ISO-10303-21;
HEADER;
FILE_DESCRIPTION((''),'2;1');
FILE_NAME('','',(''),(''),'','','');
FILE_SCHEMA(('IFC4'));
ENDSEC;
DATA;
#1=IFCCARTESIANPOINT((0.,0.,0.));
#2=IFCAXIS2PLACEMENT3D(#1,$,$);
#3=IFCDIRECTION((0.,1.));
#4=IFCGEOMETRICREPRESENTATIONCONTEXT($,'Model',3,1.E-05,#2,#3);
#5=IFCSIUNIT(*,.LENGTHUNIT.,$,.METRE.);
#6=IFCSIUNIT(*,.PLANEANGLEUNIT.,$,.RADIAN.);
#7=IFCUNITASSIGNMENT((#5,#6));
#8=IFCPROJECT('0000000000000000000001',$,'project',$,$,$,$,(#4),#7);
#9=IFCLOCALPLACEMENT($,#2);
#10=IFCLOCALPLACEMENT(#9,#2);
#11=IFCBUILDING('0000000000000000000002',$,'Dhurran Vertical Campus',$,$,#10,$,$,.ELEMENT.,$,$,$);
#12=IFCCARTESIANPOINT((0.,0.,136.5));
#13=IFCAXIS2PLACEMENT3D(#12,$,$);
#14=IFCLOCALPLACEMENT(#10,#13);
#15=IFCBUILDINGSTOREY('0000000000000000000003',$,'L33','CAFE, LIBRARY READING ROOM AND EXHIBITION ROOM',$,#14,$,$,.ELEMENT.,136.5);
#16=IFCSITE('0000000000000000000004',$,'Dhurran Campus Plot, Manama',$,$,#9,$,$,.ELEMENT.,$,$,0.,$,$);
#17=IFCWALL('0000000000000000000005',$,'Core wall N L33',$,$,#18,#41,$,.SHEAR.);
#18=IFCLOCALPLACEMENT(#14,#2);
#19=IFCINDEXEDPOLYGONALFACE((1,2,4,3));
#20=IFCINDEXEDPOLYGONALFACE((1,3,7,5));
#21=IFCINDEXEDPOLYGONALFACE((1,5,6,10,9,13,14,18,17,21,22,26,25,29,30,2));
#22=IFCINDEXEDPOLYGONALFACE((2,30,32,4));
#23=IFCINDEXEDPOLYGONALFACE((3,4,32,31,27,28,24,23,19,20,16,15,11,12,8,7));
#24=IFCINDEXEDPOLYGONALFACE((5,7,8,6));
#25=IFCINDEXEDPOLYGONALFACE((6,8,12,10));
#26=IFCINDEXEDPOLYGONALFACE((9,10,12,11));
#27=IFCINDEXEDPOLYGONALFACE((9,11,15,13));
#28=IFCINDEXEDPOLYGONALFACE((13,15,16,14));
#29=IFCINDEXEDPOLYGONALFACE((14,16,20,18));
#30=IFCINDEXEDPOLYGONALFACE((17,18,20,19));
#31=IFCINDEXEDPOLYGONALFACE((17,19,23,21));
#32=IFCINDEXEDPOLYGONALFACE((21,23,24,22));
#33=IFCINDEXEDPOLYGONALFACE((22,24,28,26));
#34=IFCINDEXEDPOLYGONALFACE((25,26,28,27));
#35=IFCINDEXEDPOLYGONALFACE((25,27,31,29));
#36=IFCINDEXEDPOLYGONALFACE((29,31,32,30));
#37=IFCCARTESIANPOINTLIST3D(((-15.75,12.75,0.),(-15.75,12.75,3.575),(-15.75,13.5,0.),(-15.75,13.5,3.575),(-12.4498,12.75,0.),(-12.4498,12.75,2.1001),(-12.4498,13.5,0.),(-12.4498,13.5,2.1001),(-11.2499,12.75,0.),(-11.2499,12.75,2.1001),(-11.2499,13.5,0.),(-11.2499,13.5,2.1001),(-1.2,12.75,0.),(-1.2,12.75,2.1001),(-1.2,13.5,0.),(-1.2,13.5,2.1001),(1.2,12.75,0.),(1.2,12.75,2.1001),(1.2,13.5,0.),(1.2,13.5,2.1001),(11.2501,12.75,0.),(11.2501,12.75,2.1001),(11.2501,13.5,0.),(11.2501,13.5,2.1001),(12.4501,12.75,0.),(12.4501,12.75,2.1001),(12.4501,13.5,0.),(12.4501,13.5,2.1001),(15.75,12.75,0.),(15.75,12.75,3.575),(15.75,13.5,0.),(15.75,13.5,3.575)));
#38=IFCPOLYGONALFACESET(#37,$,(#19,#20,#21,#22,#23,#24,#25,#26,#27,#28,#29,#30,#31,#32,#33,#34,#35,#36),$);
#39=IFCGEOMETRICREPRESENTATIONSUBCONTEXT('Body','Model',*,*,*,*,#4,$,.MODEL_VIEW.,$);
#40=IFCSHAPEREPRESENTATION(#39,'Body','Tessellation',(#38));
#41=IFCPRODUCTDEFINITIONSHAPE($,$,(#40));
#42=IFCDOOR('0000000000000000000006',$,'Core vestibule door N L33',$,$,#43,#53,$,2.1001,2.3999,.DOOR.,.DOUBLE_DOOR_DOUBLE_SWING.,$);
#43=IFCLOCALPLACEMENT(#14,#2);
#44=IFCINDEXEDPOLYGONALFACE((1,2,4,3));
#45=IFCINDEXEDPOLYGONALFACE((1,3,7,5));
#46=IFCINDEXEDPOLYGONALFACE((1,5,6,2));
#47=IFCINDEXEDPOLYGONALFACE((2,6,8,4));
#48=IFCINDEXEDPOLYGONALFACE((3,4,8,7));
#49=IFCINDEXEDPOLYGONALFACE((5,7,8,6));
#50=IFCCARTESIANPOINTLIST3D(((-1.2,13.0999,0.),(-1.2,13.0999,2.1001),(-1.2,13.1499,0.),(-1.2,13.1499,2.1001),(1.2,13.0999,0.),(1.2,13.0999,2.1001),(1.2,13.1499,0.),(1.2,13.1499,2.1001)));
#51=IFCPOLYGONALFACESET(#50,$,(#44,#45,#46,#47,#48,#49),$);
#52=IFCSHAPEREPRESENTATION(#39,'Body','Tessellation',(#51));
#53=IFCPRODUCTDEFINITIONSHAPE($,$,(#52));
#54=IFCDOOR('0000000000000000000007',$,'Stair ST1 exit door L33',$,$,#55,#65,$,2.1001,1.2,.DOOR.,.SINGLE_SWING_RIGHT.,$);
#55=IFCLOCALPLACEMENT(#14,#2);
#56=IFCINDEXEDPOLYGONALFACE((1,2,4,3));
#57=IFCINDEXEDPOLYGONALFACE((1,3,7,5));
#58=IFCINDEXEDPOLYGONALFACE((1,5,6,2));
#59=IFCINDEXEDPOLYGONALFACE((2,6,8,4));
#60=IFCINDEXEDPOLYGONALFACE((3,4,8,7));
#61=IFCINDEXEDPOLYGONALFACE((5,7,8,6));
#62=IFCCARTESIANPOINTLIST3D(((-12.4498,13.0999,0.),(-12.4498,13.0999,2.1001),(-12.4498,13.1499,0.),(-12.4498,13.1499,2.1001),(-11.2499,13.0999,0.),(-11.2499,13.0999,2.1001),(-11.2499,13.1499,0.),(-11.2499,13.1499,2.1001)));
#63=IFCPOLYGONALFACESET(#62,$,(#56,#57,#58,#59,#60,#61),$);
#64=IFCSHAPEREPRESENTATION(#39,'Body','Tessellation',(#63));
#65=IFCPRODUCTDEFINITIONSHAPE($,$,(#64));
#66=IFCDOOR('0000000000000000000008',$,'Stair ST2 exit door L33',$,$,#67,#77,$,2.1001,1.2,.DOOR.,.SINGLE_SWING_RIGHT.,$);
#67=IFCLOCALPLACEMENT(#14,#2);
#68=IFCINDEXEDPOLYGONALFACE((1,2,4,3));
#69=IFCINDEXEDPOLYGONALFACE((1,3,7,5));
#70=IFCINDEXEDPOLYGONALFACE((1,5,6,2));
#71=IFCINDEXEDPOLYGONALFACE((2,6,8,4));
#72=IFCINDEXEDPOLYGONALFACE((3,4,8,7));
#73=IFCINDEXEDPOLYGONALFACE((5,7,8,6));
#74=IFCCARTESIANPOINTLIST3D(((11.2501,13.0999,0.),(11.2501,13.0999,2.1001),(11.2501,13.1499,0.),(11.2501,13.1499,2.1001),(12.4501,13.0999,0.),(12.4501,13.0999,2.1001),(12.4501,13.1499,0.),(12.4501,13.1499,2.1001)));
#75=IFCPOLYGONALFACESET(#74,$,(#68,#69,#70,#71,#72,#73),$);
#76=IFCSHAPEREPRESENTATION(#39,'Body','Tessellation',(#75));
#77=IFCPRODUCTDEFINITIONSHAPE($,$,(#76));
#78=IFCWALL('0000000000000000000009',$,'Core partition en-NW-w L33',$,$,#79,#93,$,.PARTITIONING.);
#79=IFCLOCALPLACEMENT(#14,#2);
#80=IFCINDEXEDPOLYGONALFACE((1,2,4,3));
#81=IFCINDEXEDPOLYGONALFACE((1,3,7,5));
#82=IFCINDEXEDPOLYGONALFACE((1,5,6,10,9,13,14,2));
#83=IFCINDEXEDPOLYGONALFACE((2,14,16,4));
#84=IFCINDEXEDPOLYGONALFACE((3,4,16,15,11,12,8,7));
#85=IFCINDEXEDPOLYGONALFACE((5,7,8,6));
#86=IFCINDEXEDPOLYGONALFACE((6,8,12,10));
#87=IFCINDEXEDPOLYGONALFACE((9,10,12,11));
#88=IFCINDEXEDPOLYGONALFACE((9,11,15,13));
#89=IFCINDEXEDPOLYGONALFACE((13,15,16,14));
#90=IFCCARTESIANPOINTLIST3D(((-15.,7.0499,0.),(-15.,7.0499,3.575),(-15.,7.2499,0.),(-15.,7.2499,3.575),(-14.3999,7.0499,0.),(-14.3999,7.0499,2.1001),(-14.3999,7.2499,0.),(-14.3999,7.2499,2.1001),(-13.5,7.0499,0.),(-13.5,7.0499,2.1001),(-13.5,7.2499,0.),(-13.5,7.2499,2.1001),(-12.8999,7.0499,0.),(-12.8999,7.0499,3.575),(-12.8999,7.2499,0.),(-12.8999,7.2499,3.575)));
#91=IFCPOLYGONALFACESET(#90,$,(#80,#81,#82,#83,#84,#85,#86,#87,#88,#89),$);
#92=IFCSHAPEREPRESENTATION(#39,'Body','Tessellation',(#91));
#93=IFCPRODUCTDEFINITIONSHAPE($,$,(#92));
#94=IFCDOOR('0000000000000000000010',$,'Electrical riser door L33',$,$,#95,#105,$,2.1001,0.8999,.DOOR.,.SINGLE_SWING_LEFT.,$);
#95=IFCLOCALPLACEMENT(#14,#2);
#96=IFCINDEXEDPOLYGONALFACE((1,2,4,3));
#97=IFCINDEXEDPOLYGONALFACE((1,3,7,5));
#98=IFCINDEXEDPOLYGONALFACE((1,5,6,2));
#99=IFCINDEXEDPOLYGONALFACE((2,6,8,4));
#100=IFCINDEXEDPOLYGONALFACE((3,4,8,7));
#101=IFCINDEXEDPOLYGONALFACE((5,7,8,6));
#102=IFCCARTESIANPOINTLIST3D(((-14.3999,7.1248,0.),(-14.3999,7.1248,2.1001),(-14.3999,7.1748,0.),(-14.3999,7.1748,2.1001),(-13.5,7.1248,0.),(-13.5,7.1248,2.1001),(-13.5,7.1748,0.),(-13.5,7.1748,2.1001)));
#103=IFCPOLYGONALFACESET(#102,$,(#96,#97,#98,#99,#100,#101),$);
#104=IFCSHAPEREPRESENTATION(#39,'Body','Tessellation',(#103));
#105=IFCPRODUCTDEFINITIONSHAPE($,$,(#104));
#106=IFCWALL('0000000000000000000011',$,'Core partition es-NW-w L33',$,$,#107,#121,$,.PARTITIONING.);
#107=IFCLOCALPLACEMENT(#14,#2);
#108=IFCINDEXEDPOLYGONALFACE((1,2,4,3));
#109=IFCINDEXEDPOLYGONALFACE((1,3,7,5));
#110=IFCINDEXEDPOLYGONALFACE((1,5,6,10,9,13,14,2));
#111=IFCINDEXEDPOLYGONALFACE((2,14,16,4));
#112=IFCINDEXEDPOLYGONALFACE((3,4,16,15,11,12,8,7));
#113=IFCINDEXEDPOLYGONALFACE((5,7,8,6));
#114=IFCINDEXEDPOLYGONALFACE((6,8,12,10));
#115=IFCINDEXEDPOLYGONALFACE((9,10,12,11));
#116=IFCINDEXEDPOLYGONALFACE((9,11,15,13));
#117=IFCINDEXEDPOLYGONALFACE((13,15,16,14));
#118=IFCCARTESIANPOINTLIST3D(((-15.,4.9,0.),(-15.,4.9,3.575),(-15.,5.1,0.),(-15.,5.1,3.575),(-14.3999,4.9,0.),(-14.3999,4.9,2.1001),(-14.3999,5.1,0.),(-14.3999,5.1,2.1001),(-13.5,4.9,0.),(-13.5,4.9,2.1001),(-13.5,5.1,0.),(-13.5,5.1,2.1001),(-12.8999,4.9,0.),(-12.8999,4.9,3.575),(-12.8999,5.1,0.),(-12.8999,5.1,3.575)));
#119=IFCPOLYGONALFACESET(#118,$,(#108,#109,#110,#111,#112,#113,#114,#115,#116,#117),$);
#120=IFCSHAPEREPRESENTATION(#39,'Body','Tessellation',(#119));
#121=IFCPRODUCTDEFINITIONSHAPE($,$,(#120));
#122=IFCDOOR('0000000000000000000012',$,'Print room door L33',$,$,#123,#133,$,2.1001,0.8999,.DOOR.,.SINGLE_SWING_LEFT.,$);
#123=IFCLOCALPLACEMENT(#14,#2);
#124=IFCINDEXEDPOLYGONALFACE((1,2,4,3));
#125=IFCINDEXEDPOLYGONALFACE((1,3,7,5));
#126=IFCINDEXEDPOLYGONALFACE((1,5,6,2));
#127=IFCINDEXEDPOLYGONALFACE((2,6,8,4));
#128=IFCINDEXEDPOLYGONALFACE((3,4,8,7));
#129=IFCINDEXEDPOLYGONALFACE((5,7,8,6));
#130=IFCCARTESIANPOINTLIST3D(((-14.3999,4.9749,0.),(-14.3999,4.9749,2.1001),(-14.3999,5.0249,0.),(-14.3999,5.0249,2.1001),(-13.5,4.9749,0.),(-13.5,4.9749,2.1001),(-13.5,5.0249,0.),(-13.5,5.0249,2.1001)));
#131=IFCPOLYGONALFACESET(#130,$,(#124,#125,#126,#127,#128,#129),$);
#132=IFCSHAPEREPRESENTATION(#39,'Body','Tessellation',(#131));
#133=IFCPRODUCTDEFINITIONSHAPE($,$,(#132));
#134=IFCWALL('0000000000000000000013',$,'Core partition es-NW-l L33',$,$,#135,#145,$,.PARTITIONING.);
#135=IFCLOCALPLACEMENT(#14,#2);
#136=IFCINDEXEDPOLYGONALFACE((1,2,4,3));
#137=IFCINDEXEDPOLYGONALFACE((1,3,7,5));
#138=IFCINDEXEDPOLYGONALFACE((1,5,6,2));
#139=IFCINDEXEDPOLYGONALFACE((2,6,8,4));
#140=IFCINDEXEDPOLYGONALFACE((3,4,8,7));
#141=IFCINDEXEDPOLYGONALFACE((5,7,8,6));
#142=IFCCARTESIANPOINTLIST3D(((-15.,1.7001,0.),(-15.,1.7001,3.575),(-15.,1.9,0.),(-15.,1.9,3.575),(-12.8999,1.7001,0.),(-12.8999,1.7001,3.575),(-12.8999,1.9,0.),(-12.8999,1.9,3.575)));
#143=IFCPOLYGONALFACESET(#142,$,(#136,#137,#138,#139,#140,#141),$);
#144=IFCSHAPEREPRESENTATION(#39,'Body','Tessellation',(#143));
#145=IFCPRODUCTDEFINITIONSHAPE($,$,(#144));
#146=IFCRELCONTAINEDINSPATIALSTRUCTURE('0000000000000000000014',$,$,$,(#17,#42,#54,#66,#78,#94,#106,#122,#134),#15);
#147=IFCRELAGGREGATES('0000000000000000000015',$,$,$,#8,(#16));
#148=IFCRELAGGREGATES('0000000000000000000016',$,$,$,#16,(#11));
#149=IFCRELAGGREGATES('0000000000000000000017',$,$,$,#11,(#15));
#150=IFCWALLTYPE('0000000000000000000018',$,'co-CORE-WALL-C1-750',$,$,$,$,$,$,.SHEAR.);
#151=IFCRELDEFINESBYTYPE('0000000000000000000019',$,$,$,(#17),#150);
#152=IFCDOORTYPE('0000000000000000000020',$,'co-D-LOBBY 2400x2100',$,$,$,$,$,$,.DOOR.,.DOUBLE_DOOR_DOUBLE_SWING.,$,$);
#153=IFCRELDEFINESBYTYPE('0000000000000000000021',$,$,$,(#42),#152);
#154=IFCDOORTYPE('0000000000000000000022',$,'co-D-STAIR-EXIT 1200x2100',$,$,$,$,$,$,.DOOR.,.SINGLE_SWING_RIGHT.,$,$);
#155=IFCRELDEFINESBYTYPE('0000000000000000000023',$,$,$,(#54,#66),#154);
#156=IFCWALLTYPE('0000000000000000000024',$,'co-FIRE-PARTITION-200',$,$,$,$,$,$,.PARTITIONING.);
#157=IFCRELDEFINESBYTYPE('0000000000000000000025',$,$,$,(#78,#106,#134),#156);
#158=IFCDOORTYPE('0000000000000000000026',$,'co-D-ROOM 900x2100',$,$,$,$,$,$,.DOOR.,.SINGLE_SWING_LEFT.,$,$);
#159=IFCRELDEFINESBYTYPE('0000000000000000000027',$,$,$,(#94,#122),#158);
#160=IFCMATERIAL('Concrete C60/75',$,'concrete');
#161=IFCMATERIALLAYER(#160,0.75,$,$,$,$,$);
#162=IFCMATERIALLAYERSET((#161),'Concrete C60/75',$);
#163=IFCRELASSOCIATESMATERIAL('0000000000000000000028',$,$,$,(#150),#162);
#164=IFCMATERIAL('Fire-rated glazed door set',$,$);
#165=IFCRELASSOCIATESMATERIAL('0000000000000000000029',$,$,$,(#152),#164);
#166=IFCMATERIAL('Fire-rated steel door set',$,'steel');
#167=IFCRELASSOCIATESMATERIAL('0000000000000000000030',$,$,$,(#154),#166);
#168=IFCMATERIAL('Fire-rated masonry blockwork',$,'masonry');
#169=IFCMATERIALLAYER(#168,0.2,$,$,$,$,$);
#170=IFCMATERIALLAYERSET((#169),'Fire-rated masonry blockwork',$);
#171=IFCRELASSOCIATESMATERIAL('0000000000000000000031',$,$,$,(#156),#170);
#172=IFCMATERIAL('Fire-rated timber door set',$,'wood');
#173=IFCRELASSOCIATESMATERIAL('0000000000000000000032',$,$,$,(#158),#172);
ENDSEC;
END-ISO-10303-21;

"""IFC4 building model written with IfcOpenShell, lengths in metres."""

from ifc_helpers import new_model, si_unit, direction, frame, frame_2d, origin, place, context, subcontext, project, spatial, rectangle, extrude, material, layer, layer_set, type_object, element, fill, save


model = new_model("IFC4")

# Units and contexts
model_context = context("Model", 3, precision=1e-05, world=origin(), true_north=direction((0.0, 1.0)))
body_context = subcontext(model_context, "Body", "Model", "MODEL_VIEW")
ifc_project = project(units=[si_unit("LENGTHUNIT", "METRE"), si_unit("PLANEANGLEUNIT", "RADIAN")], contexts=[model_context])

# Site, building, storey
site_placement = place(None, origin())
site = spatial("IfcSite", under=ifc_project, at=site_placement, Name="Dhurran Campus Plot, Manama", CompositionType="ELEMENT", RefElevation=0.0)
building_placement = place(site_placement, origin())
building = spatial("IfcBuilding", under=site, at=building_placement, Name="Dhurran Vertical Campus", CompositionType="ELEMENT")
storey_placement = place(building_placement, frame((0.0, 0.0, 136.5)))
storey = spatial("IfcBuildingStorey", under=building, at=storey_placement, Name="L33", Description="CAFE, LIBRARY READING ROOM AND EXHIBITION ROOM", CompositionType="ELEMENT", Elevation=136.5)

# Wall, openings, doors
ifc_material_1 = material(Name="Concrete C60/75", Category="concrete")
ifc_layer_1 = layer(ifc_material_1, 0.75)
ifc_layer_set_1 = layer_set([ifc_layer_1], Name="Concrete C60/75")
wall_type_1 = type_object("IfcWallType", Name="co-CORE-WALL-C1-750", PredefinedType="SHEAR", material=ifc_layer_set_1)
wall_1_placement = place(storey_placement, frame((-15.75, 13.125, 0.0), z_axis=(0.0, 0.0, 1.0), x_axis=(1.0, 0.0, 0.0)))
wall_1 = element("IfcWall", 1, at=wall_1_placement, inside=storey, type_object=wall_type_1, Name="Core wall N L33", PredefinedType="SHEAR", context=body_context, shape_type="SweptSolid", body=[
    extrude(rectangle(XDim=31.5, YDim=0.75, at=frame_2d((15.75, 0.0))), origin(), (0.0, 0.0, 1.0), 3.575),
])
opening_1_placement = place(wall_1_placement, frame((14.55, 0.0, 0.0)))
opening_1 = element("IfcOpeningElement", 2, at=opening_1_placement, cuts=wall_1, PredefinedType="OPENING", context=body_context, shape_type="SweptSolid", body=[
    extrude(rectangle(XDim=2.3999, YDim=2.1001, at=frame_2d((1.2, 1.05))), frame((0.0, 0.385, 0.0), z_axis=(0.0, -1.0, 0.0), x_axis=(1.0, 0.0, 0.0)), (0.0, 0.0, 1.0), 0.77),
])
opening_2_placement = place(wall_1_placement, frame((3.3, 0.0, 0.0)))
opening_2 = element("IfcOpeningElement", 3, at=opening_2_placement, cuts=wall_1, PredefinedType="OPENING", context=body_context, shape_type="SweptSolid", body=[
    extrude(rectangle(XDim=1.2, YDim=2.1001, at=frame_2d((0.6001, 1.05))), frame((0.0, 0.385, 0.0), z_axis=(0.0, -1.0, 0.0), x_axis=(1.0, 0.0, 0.0)), (0.0, 0.0, 1.0), 0.77),
])
opening_3_placement = place(wall_1_placement, frame((27.0, 0.0, 0.0)))
opening_3 = element("IfcOpeningElement", 4, at=opening_3_placement, cuts=wall_1, PredefinedType="OPENING", context=body_context, shape_type="SweptSolid", body=[
    extrude(rectangle(XDim=1.2, YDim=2.1001, at=frame_2d((0.6001, 1.05))), frame((0.0, 0.385, 0.0), z_axis=(0.0, -1.0, 0.0), x_axis=(1.0, 0.0, 0.0)), (0.0, 0.0, 1.0), 0.77),
])
ifc_material_2 = material(Name="Fire-rated glazed door set")
door_type_1 = type_object("IfcDoorType", Name="co-D-LOBBY 2400x2100", OperationType="DOUBLE_DOOR_DOUBLE_SWING", PredefinedType="DOOR", material=ifc_material_2)
door_1_placement = place(opening_1_placement, origin())
door_1 = element("IfcDoor", 5, at=door_1_placement, inside=storey, type_object=door_type_1, Name="Core vestibule door N L33", OperationType="DOUBLE_DOOR_DOUBLE_SWING", OverallHeight=2.1001, OverallWidth=2.3999, PredefinedType="DOOR", context=body_context, shape_type="SweptSolid", body=[
    extrude(rectangle(XDim=2.3999, YDim=2.1001, at=frame_2d((1.2, 1.05))), frame((0.0, 0.0249, 0.0), z_axis=(0.0, -1.0, 0.0), x_axis=(1.0, 0.0, 0.0)), (0.0, 0.0, 1.0), 0.05),
])
fill(opening_1, door_1)
ifc_material_3 = material(Name="Fire-rated steel door set", Category="steel")
door_type_2 = type_object("IfcDoorType", Name="co-D-STAIR-EXIT 1200x2100", OperationType="SINGLE_SWING_RIGHT", PredefinedType="DOOR", material=ifc_material_3)
door_2_placement = place(opening_2_placement, origin())
door_2 = element("IfcDoor", 6, at=door_2_placement, inside=storey, type_object=door_type_2, Name="Stair ST1 exit door L33", OperationType="SINGLE_SWING_RIGHT", OverallHeight=2.1001, OverallWidth=1.2, PredefinedType="DOOR", context=body_context, shape_type="SweptSolid", body=[
    extrude(rectangle(XDim=1.2, YDim=2.1001, at=frame_2d((0.6001, 1.05))), frame((0.0, 0.0249, 0.0), z_axis=(0.0, -1.0, 0.0), x_axis=(1.0, 0.0, 0.0)), (0.0, 0.0, 1.0), 0.05),
])
fill(opening_2, door_2)
door_3_placement = place(opening_3_placement, origin())
door_3 = element("IfcDoor", 7, at=door_3_placement, inside=storey, type_object=door_type_2, Name="Stair ST2 exit door L33", OperationType="SINGLE_SWING_RIGHT", OverallHeight=2.1001, OverallWidth=1.2, PredefinedType="DOOR", context=body_context, shape_type="SweptSolid", body=[
    extrude(rectangle(XDim=1.2, YDim=2.1001, at=frame_2d((0.6001, 1.05))), frame((0.0, 0.0249, 0.0), z_axis=(0.0, -1.0, 0.0), x_axis=(1.0, 0.0, 0.0)), (0.0, 0.0, 1.0), 0.05),
])
fill(opening_3, door_3)

# Walls, openings, doors
ifc_material_4 = material(Name="Fire-rated masonry blockwork", Category="masonry")
ifc_layer_2 = layer(ifc_material_4, 0.2)
ifc_layer_set_2 = layer_set([ifc_layer_2], Name="Fire-rated masonry blockwork")
wall_type_2 = type_object("IfcWallType", Name="co-FIRE-PARTITION-200", PredefinedType="PARTITIONING", material=ifc_layer_set_2)
wall_2_placement = place(storey_placement, frame((-15.0, 7.1499, 0.0), z_axis=(0.0, 0.0, 1.0), x_axis=(1.0, 0.0, 0.0)))
wall_2 = element("IfcWall", 8, at=wall_2_placement, inside=storey, type_object=wall_type_2, Name="Core partition en-NW-w L33", PredefinedType="PARTITIONING", context=body_context, shape_type="SweptSolid", body=[
    extrude(rectangle(XDim=2.1001, YDim=0.2, at=frame_2d((1.05, 0.0))), origin(), (0.0, 0.0, 1.0), 3.575),
])
opening_4_placement = place(wall_2_placement, frame((0.6001, 0.0, 0.0)))
opening_4 = element("IfcOpeningElement", 9, at=opening_4_placement, cuts=wall_2, PredefinedType="OPENING", context=body_context, shape_type="SweptSolid", body=[
    extrude(rectangle(XDim=0.8999, YDim=2.1001, at=frame_2d((0.45, 1.05))), frame((0.0, 0.1099, 0.0), z_axis=(0.0, -1.0, 0.0), x_axis=(1.0, 0.0, 0.0)), (0.0, 0.0, 1.0), 0.22),
])
ifc_material_5 = material(Name="Fire-rated timber door set", Category="wood")
door_type_3 = type_object("IfcDoorType", Name="co-D-ROOM 900x2100", OperationType="SINGLE_SWING_LEFT", PredefinedType="DOOR", material=ifc_material_5)
door_4_placement = place(opening_4_placement, origin())
door_4 = element("IfcDoor", 10, at=door_4_placement, inside=storey, type_object=door_type_3, Name="Electrical riser door L33", OperationType="SINGLE_SWING_LEFT", OverallHeight=2.1001, OverallWidth=0.8999, PredefinedType="DOOR", context=body_context, shape_type="SweptSolid", body=[
    extrude(rectangle(XDim=0.8999, YDim=2.1001, at=frame_2d((0.45, 1.05))), frame((0.0, 0.0249, 0.0), z_axis=(0.0, -1.0, 0.0), x_axis=(1.0, 0.0, 0.0)), (0.0, 0.0, 1.0), 0.05),
])
fill(opening_4, door_4)
wall_3_placement = place(storey_placement, frame((-15.0, 5.0, 0.0), z_axis=(0.0, 0.0, 1.0), x_axis=(1.0, 0.0, 0.0)))
wall_3 = element("IfcWall", 11, at=wall_3_placement, inside=storey, type_object=wall_type_2, Name="Core partition es-NW-w L33", PredefinedType="PARTITIONING", context=body_context, shape_type="SweptSolid", body=[
    extrude(rectangle(XDim=2.1001, YDim=0.2, at=frame_2d((1.05, 0.0))), origin(), (0.0, 0.0, 1.0), 3.575),
])
opening_5_placement = place(wall_3_placement, frame((0.6001, 0.0, 0.0)))
opening_5 = element("IfcOpeningElement", 12, at=opening_5_placement, cuts=wall_3, PredefinedType="OPENING", context=body_context, shape_type="SweptSolid", body=[
    extrude(rectangle(XDim=0.8999, YDim=2.1001, at=frame_2d((0.45, 1.05))), frame((0.0, 0.1099, 0.0), z_axis=(0.0, -1.0, 0.0), x_axis=(1.0, 0.0, 0.0)), (0.0, 0.0, 1.0), 0.22),
])
door_5_placement = place(opening_5_placement, origin())
door_5 = element("IfcDoor", 13, at=door_5_placement, inside=storey, type_object=door_type_3, Name="Print room door L33", OperationType="SINGLE_SWING_LEFT", OverallHeight=2.1001, OverallWidth=0.8999, PredefinedType="DOOR", context=body_context, shape_type="SweptSolid", body=[
    extrude(rectangle(XDim=0.8999, YDim=2.1001, at=frame_2d((0.45, 1.05))), frame((0.0, 0.0249, 0.0), z_axis=(0.0, -1.0, 0.0), x_axis=(1.0, 0.0, 0.0)), (0.0, 0.0, 1.0), 0.05),
])
fill(opening_5, door_5)

# Wall
wall_4_placement = place(storey_placement, frame((-15.0, 1.8, 0.0), z_axis=(0.0, 0.0, 1.0), x_axis=(1.0, 0.0, 0.0)))
element("IfcWall", 14, at=wall_4_placement, inside=storey, type_object=wall_type_2, Name="Core partition es-NW-l L33", PredefinedType="PARTITIONING", context=body_context, shape_type="SweptSolid", body=[
    extrude(rectangle(XDim=2.1001, YDim=0.2, at=frame_2d((1.05, 0.0))), origin(), (0.0, 0.0, 1.0), 3.575),
])

save(model, "model.ifc")
